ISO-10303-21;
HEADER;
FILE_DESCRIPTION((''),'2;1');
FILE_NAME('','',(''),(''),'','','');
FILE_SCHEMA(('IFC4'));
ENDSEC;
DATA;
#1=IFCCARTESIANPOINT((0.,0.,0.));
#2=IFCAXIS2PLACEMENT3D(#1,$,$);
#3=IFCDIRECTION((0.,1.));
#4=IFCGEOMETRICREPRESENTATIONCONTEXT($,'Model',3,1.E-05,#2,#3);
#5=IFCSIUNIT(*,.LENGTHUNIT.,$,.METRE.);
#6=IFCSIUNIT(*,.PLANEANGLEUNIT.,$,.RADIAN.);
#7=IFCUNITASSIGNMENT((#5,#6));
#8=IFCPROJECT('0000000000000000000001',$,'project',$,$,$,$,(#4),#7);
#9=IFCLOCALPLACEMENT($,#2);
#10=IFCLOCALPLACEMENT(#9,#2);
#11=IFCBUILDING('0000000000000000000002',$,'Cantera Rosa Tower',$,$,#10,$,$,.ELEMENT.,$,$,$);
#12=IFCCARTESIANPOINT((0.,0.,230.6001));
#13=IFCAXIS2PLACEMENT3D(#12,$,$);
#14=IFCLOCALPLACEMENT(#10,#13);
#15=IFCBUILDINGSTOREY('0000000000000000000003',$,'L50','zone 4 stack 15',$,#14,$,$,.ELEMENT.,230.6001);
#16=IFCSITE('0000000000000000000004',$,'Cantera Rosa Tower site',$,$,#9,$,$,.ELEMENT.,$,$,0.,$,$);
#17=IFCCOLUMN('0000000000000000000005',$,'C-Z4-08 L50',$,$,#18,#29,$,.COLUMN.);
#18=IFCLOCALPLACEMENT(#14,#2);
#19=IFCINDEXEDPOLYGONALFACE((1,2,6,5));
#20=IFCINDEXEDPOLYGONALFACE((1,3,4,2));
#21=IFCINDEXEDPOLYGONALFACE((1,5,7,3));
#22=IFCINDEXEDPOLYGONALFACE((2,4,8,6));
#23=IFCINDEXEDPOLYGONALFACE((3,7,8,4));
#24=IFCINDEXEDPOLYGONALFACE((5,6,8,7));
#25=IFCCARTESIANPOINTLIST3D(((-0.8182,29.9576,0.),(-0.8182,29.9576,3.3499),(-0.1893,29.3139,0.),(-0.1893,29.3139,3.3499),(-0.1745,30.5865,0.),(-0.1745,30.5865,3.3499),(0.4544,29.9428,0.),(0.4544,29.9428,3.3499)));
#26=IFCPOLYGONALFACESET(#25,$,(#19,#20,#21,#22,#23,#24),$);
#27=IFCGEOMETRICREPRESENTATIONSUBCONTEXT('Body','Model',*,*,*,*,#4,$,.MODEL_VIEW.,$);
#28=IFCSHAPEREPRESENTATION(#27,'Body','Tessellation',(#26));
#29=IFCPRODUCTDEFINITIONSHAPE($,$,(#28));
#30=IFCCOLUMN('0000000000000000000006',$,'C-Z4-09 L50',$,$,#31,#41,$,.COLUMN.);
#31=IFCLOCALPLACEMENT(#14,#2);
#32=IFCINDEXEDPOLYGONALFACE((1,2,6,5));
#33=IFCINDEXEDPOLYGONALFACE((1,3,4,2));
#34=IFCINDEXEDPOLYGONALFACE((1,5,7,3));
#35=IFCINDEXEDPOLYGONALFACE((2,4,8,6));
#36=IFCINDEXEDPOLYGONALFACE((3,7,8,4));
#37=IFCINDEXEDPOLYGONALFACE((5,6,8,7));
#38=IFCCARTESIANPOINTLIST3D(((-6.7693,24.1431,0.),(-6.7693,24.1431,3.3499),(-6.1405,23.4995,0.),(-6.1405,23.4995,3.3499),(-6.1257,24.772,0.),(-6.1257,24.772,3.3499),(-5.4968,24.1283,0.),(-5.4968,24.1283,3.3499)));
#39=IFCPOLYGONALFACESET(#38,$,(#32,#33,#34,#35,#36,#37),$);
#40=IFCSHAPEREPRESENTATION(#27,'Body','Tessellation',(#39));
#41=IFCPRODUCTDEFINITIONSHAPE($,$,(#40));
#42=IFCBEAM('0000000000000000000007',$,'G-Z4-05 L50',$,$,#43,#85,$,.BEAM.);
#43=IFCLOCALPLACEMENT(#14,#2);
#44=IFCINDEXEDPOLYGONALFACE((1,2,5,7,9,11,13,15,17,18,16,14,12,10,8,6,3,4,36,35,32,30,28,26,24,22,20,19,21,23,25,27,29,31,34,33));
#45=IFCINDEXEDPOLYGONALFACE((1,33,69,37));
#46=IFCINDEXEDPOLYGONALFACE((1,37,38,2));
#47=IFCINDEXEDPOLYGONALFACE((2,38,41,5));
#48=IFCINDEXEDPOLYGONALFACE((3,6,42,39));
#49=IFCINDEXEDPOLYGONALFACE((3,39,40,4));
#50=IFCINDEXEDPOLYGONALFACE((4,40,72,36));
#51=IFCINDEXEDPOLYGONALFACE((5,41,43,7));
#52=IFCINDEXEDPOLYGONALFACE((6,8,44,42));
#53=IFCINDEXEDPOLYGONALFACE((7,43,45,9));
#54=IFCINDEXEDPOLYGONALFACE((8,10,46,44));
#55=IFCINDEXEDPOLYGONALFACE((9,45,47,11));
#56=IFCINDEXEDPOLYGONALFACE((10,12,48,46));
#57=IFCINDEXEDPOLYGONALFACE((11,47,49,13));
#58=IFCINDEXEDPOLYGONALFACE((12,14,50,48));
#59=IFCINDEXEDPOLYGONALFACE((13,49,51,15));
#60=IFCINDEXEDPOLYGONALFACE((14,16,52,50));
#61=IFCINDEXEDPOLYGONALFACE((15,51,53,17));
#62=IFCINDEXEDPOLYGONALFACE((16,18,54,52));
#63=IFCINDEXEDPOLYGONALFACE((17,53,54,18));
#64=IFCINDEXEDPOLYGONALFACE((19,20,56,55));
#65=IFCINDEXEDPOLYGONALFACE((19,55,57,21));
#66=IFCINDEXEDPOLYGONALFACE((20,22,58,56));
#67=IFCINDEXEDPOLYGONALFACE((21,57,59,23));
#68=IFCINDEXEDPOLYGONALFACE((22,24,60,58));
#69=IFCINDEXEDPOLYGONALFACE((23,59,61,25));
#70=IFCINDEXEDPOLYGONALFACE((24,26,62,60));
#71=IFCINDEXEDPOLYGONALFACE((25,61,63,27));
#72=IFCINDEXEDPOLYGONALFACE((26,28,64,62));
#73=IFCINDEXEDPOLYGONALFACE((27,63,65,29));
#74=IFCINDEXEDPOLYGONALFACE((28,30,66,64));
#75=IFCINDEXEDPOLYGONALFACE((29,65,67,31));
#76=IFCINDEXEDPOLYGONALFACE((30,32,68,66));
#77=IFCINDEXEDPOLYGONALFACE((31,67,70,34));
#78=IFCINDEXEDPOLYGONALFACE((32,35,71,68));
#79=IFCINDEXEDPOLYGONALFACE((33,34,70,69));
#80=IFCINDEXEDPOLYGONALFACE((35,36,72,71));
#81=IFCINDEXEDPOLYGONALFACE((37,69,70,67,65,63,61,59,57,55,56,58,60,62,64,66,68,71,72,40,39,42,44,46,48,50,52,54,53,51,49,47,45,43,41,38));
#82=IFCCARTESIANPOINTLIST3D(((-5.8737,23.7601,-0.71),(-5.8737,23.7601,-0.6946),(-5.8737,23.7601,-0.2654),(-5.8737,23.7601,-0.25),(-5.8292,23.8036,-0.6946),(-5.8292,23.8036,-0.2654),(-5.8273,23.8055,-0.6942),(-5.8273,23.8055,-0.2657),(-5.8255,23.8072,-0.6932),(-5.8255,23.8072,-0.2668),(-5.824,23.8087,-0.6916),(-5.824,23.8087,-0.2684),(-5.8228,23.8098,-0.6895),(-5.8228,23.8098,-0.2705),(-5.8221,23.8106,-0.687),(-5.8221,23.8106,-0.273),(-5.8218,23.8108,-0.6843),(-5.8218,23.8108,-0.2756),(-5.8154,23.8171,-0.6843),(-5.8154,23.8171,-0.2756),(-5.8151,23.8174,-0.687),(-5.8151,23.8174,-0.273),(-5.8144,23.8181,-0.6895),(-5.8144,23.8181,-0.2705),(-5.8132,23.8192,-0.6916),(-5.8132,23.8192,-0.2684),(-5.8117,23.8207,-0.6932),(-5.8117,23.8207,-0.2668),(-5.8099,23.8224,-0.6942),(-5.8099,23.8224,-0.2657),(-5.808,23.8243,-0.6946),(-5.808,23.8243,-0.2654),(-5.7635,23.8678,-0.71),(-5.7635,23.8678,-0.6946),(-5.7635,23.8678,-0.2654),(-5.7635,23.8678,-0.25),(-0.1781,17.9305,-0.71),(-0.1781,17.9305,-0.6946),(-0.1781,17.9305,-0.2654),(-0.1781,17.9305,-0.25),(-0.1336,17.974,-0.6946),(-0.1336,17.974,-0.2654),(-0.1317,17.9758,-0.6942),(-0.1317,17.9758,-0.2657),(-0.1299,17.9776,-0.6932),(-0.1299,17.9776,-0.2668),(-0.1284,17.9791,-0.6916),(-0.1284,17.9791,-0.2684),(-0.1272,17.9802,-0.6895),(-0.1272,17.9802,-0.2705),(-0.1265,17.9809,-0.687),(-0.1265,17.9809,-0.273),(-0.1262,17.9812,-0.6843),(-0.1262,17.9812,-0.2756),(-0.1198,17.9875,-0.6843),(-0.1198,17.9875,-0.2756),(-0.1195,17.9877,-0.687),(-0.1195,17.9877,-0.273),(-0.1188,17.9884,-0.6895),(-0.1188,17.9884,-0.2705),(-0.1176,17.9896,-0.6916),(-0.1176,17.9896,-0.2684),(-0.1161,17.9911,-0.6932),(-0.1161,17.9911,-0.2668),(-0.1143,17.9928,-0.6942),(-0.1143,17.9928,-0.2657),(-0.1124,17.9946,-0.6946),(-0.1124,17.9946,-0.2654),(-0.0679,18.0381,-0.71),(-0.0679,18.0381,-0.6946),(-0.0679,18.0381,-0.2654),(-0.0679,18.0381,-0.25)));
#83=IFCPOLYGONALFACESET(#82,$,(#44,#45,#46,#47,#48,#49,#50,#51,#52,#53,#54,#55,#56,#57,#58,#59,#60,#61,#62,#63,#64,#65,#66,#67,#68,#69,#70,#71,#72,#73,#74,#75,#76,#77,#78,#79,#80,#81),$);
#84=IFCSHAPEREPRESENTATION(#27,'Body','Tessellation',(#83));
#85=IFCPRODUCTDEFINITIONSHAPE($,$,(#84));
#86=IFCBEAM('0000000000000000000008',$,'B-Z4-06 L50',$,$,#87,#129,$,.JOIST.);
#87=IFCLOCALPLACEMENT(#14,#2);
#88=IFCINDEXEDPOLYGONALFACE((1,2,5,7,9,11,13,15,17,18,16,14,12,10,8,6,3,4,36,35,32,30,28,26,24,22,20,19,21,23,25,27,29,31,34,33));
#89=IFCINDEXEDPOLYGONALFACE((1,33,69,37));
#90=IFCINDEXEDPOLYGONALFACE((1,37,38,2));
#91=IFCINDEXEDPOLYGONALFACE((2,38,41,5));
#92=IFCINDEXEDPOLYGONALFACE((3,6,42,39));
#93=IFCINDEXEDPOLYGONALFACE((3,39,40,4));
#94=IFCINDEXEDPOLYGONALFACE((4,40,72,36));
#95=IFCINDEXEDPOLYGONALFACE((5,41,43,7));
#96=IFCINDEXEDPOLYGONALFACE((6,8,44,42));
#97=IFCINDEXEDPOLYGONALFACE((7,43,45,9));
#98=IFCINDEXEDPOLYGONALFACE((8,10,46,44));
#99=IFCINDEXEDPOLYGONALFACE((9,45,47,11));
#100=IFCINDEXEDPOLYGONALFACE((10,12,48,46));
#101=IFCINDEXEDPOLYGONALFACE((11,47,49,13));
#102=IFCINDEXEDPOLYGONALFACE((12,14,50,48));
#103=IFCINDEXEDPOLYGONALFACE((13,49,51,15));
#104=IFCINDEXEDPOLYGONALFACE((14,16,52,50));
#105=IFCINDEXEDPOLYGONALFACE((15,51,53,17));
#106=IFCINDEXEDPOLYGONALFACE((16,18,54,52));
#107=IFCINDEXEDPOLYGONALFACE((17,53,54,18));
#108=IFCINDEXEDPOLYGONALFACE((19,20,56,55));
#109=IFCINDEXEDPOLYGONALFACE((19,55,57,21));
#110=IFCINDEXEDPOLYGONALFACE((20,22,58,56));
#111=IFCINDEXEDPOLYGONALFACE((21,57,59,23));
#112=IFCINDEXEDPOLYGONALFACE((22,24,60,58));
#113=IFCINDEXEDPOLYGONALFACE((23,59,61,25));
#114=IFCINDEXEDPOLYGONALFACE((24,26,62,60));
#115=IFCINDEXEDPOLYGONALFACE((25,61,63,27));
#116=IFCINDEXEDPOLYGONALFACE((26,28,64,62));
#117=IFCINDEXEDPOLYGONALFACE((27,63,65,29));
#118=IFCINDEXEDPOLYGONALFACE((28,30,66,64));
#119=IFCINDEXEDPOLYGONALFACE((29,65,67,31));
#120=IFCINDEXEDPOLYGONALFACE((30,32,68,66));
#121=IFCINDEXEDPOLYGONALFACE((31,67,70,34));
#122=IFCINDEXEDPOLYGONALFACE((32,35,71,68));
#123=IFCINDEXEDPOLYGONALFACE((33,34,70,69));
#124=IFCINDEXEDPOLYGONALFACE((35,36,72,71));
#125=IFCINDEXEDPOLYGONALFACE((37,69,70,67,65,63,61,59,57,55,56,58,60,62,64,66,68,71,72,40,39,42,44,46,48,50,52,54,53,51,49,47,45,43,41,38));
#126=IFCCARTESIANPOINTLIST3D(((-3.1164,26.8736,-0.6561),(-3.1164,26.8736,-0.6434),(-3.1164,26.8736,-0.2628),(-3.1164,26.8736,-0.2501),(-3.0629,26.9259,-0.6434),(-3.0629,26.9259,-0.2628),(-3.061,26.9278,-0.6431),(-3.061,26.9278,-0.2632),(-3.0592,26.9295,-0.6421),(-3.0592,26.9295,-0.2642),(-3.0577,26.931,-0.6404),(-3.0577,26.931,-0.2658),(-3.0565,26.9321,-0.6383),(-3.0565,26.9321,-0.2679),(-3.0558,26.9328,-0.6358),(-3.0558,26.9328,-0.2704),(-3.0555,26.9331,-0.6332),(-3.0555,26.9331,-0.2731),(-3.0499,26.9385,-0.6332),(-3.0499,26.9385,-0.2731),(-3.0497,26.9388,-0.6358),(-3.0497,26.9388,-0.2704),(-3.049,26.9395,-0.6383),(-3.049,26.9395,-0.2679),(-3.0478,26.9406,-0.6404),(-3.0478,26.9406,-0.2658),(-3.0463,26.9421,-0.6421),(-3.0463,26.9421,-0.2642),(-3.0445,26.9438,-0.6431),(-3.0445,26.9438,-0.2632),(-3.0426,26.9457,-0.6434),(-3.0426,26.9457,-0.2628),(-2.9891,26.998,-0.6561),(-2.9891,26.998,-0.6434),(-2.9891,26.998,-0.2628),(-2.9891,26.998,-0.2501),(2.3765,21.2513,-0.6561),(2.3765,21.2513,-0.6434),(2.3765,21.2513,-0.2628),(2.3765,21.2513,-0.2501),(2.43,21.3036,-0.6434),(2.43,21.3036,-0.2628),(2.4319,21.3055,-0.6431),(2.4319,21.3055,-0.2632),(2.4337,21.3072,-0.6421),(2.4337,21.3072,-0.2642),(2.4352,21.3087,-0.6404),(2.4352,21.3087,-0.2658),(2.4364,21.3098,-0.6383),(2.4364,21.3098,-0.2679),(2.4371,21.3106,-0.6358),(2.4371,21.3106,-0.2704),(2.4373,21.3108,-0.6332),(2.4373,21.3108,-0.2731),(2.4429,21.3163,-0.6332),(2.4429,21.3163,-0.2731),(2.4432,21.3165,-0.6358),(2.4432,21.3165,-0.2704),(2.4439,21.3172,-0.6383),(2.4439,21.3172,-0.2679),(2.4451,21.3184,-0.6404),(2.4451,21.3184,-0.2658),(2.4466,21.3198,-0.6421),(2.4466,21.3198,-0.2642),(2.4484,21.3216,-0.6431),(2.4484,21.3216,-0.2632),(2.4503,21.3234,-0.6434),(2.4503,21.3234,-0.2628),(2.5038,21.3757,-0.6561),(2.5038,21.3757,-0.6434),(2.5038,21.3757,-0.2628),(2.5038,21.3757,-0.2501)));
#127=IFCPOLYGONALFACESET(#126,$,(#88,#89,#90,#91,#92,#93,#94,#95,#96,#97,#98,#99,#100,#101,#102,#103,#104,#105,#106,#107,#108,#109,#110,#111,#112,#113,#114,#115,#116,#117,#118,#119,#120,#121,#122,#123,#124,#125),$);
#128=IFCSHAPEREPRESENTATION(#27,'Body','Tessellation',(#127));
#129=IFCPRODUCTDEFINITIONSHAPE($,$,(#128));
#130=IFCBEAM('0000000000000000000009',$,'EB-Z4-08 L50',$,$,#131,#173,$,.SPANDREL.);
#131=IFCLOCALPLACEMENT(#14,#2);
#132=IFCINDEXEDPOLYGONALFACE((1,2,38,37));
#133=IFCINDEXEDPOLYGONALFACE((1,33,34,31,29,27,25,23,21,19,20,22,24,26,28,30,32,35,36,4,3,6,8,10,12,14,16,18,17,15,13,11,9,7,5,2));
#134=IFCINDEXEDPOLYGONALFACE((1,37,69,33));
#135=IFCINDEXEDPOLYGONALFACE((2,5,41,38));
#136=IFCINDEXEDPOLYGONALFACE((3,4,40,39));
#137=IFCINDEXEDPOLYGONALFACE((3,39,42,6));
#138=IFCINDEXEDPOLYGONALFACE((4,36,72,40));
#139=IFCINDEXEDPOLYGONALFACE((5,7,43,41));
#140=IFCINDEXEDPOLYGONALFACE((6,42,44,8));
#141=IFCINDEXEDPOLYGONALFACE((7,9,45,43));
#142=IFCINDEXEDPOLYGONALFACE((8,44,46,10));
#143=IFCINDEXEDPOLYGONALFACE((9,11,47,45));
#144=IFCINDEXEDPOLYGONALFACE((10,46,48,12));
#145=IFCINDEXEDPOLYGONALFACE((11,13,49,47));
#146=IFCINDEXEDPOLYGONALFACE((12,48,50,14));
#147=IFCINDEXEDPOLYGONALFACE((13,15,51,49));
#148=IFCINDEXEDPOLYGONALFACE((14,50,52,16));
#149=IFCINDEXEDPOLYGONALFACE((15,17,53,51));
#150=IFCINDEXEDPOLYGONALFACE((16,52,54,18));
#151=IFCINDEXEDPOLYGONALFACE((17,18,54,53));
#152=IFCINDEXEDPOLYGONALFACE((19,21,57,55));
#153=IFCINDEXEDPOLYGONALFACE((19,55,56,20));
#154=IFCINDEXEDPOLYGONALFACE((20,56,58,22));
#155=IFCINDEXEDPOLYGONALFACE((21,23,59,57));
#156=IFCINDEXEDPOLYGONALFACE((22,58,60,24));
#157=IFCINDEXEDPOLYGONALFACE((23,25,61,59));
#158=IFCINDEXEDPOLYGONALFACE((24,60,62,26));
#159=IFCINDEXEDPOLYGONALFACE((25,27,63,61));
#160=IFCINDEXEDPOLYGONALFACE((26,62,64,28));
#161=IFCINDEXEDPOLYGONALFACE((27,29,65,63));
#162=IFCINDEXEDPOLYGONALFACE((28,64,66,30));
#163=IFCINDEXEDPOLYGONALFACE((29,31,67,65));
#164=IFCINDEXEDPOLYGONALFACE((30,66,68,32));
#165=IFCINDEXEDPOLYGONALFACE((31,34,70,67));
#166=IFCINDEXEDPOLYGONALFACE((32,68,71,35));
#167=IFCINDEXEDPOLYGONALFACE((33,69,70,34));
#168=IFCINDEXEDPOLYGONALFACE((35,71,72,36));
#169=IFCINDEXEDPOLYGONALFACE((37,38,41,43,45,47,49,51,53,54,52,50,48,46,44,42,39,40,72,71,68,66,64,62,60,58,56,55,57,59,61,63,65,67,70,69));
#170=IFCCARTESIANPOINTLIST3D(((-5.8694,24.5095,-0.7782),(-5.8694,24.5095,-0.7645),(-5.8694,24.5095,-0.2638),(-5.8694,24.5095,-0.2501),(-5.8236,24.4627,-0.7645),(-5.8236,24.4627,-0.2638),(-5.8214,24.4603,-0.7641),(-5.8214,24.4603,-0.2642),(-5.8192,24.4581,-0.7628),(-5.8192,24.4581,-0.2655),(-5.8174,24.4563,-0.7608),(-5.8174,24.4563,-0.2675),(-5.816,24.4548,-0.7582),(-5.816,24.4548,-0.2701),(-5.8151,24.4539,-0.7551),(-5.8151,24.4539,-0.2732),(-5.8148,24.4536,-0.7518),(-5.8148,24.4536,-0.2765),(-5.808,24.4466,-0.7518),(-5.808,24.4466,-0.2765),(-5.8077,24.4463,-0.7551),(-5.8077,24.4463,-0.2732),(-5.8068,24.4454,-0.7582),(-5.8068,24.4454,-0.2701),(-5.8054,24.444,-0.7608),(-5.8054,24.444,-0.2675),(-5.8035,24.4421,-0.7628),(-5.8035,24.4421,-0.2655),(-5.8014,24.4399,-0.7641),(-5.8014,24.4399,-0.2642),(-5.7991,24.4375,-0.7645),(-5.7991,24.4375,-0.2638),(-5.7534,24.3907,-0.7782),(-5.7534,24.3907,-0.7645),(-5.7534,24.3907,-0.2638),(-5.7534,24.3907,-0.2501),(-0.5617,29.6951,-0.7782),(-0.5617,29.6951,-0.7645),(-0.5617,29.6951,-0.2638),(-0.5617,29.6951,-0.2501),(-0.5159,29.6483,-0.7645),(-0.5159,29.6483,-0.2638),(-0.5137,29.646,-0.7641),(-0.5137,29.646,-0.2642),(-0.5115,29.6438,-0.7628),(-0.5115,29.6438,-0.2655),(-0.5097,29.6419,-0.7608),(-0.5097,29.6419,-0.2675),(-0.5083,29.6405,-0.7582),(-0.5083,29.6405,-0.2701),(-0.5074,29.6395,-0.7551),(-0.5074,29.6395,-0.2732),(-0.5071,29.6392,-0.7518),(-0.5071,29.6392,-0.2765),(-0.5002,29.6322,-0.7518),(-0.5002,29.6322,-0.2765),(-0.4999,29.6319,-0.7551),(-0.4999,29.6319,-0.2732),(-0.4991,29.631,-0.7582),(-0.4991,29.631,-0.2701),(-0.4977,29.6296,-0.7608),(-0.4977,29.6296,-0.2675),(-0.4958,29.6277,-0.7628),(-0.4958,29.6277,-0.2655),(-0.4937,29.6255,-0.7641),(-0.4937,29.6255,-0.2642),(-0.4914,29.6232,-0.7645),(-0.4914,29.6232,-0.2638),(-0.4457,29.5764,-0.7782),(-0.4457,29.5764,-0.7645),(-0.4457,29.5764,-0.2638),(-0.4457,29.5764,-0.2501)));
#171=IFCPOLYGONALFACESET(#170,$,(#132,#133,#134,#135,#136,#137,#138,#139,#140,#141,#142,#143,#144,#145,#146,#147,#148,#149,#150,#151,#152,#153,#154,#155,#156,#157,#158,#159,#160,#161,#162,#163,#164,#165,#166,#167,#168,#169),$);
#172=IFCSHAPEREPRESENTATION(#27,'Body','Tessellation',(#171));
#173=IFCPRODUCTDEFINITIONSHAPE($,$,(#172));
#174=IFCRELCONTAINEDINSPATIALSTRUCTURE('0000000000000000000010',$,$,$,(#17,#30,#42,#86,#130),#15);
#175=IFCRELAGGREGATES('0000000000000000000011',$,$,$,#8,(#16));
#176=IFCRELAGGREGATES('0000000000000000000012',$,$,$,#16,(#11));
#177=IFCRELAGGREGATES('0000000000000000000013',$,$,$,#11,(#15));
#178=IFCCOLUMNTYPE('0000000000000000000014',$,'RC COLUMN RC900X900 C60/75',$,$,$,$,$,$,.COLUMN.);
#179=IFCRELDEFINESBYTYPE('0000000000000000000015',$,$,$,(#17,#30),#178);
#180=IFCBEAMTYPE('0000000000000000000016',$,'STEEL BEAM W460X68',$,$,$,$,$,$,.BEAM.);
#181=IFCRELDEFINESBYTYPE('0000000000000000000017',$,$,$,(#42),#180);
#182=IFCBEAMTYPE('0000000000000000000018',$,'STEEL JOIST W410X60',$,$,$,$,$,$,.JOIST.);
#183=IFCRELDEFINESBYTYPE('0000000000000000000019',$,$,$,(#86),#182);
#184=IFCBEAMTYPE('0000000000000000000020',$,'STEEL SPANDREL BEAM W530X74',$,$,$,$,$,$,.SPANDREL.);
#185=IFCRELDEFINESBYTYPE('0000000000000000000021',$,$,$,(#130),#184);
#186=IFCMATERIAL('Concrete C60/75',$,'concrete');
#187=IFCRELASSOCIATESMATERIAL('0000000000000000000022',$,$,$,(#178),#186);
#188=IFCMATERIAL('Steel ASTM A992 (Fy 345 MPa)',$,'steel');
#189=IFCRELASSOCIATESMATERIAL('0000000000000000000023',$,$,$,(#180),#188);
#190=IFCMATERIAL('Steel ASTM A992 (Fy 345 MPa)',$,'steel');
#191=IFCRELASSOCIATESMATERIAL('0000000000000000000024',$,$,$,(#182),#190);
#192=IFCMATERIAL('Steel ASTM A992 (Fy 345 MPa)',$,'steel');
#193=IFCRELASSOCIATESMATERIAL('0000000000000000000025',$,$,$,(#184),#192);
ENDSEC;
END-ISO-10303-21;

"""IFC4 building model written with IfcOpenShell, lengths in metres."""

from ifc_helpers import new_model, si_unit, direction, frame, origin, origin_2d, place, context, subcontext, project, spatial, rectangle, i_section, extrude, material, material_profile, profile_set, type_object, element, save


model = new_model("IFC4")

# Units and contexts
model_context = context("Model", 3, precision=1e-05, world=origin(), true_north=direction((0.0, 1.0)))
body_context = subcontext(model_context, "Body", "Model", "MODEL_VIEW")
ifc_project = project(units=[si_unit("LENGTHUNIT", "METRE"), si_unit("PLANEANGLEUNIT", "RADIAN")], contexts=[model_context])

# Site, building, storey
site_placement = place(None, origin())
site = spatial("IfcSite", under=ifc_project, at=site_placement, Name="Cantera Rosa Tower site", CompositionType="ELEMENT", RefElevation=0.0)
building_placement = place(site_placement, origin())
building = spatial("IfcBuilding", under=site, at=building_placement, Name="Cantera Rosa Tower", CompositionType="ELEMENT")
storey_placement = place(building_placement, frame((0.0, 0.0, 230.6001)))
storey = spatial("IfcBuildingStorey", under=building, at=storey_placement, Name="L50", Description="zone 4 stack 15", CompositionType="ELEMENT", Elevation=230.6001)

# Columns
ifc_material_1 = material(Name="Concrete C60/75", Category="concrete")
ifc_material_profile_1 = material_profile(ifc_material_1, rectangle(XDim=0.8999, YDim=0.8999, at=origin_2d()), Name="RC COLUMN RC900X900 C60/75")
ifc_profile_set_1 = profile_set([ifc_material_profile_1], Name="Concrete C60/75")
column_type = type_object("IfcColumnType", Name="RC COLUMN RC900X900 C60/75", PredefinedType="COLUMN", material=ifc_profile_set_1)
for number, where, z_axis, x_axis, name in (
    (1, (-0.1819, 29.9502, 0.0), (0.0, 0.0, 1.0), (0.715286, 0.698832, 0.0), "C-Z4-08 L50"),
    (2, (-6.1331, 24.1357, 0.0), (0.0, 0.0, 1.0), (0.715286, 0.698832, 0.0), "C-Z4-09 L50"),
):
    element("IfcColumn", number, at=place(storey_placement, frame(where, z_axis=z_axis, x_axis=x_axis)), inside=storey, type_object=column_type, Name=name, PredefinedType="COLUMN", context=body_context, shape_type="SweptSolid", body=[
        extrude(rectangle(XDim=0.8999, YDim=0.8999, at=origin_2d()), origin(), (0.0, 0.0, 1.0), 3.3499),
    ])

# Beams
ifc_material_2 = material(Name="Steel ASTM A992 (Fy 345 MPa)", Category="steel")
ifc_material_profile_2 = material_profile(ifc_material_2, i_section(OverallWidth=0.1541, OverallDepth=0.46, WebThickness=0.009, FlangeThickness=0.0154, FilletRadius=0.0103, at=origin_2d()), Name="W460X68")
ifc_profile_set_2 = profile_set([ifc_material_profile_2], Name="Steel ASTM A992 (Fy 345 MPa)")
beam_type_1 = type_object("IfcBeamType", Name="STEEL BEAM W460X68", PredefinedType="BEAM", material=ifc_profile_set_2)
beam_1_placement = place(storey_placement, frame((-5.8186, 23.814, -0.48), z_axis=(0.698836, -0.715282, 0.0), x_axis=(0.715282, 0.698836, 0.0)))
element("IfcBeam", 3, at=beam_1_placement, inside=storey, type_object=beam_type_1, Name="G-Z4-05 L50", PredefinedType="BEAM", context=body_context, shape_type="SweptSolid", body=[
    extrude(i_section(OverallWidth=0.1541, OverallDepth=0.46, WebThickness=0.009, FlangeThickness=0.0154, FilletRadius=0.0103, at=origin_2d()), origin(), (0.0, 0.0, 1.0), 8.1501),
])
ifc_material_3 = material(Name="Steel ASTM A992 (Fy 345 MPa)", Category="steel")
ifc_material_profile_3 = material_profile(ifc_material_3, i_section(OverallWidth=0.178, OverallDepth=0.406, WebThickness=0.0078, FlangeThickness=0.0127, FilletRadius=0.0103, at=origin_2d()), Name="W410X60")
ifc_profile_set_3 = profile_set([ifc_material_profile_3], Name="Steel ASTM A992 (Fy 345 MPa)")
beam_type_2 = type_object("IfcBeamType", Name="STEEL JOIST W410X60", PredefinedType="JOIST", material=ifc_profile_set_3)
beam_2_placement = place(storey_placement, frame((-3.0527, 26.9358, -0.4531), z_axis=(0.698828, -0.71529, 0.0), x_axis=(0.71529, 0.698828, 0.0)))
element("IfcBeam", 4, at=beam_2_placement, inside=storey, type_object=beam_type_2, Name="B-Z4-06 L50", PredefinedType="JOIST", context=body_context, shape_type="SweptSolid", body=[
    extrude(i_section(OverallWidth=0.178, OverallDepth=0.406, WebThickness=0.0078, FlangeThickness=0.0127, FilletRadius=0.0103, at=origin_2d()), origin(), (0.0, 0.0, 1.0), 7.8601),
])
ifc_material_4 = material(Name="Steel ASTM A992 (Fy 345 MPa)", Category="steel")
ifc_material_profile_4 = material_profile(ifc_material_4, i_section(OverallWidth=0.166, OverallDepth=0.5281, WebThickness=0.0098, FlangeThickness=0.0137, FilletRadius=0.0127, at=origin_2d()), Name="W530X74")
ifc_profile_set_4 = profile_set([ifc_material_profile_4], Name="Steel ASTM A992 (Fy 345 MPa)")
beam_type_3 = type_object("IfcBeamType", Name="STEEL SPANDREL BEAM W530X74", PredefinedType="SPANDREL", material=ifc_profile_set_4)
beam_3_placement = place(storey_placement, frame((-0.5037, 29.6357, -0.5142), z_axis=(-0.715284, -0.698833, 0.0), x_axis=(0.698833, -0.715284, 0.0)))
element("IfcBeam", 5, at=beam_3_placement, inside=storey, type_object=beam_type_3, Name="EB-Z4-08 L50", PredefinedType="SPANDREL", context=body_context, shape_type="SweptSolid", body=[
    extrude(i_section(OverallWidth=0.166, OverallDepth=0.5281, WebThickness=0.0098, FlangeThickness=0.0137, FilletRadius=0.0127, at=origin_2d()), origin(), (0.0, 0.0, 1.0), 7.4204),
])

save(model, "model.ifc")
